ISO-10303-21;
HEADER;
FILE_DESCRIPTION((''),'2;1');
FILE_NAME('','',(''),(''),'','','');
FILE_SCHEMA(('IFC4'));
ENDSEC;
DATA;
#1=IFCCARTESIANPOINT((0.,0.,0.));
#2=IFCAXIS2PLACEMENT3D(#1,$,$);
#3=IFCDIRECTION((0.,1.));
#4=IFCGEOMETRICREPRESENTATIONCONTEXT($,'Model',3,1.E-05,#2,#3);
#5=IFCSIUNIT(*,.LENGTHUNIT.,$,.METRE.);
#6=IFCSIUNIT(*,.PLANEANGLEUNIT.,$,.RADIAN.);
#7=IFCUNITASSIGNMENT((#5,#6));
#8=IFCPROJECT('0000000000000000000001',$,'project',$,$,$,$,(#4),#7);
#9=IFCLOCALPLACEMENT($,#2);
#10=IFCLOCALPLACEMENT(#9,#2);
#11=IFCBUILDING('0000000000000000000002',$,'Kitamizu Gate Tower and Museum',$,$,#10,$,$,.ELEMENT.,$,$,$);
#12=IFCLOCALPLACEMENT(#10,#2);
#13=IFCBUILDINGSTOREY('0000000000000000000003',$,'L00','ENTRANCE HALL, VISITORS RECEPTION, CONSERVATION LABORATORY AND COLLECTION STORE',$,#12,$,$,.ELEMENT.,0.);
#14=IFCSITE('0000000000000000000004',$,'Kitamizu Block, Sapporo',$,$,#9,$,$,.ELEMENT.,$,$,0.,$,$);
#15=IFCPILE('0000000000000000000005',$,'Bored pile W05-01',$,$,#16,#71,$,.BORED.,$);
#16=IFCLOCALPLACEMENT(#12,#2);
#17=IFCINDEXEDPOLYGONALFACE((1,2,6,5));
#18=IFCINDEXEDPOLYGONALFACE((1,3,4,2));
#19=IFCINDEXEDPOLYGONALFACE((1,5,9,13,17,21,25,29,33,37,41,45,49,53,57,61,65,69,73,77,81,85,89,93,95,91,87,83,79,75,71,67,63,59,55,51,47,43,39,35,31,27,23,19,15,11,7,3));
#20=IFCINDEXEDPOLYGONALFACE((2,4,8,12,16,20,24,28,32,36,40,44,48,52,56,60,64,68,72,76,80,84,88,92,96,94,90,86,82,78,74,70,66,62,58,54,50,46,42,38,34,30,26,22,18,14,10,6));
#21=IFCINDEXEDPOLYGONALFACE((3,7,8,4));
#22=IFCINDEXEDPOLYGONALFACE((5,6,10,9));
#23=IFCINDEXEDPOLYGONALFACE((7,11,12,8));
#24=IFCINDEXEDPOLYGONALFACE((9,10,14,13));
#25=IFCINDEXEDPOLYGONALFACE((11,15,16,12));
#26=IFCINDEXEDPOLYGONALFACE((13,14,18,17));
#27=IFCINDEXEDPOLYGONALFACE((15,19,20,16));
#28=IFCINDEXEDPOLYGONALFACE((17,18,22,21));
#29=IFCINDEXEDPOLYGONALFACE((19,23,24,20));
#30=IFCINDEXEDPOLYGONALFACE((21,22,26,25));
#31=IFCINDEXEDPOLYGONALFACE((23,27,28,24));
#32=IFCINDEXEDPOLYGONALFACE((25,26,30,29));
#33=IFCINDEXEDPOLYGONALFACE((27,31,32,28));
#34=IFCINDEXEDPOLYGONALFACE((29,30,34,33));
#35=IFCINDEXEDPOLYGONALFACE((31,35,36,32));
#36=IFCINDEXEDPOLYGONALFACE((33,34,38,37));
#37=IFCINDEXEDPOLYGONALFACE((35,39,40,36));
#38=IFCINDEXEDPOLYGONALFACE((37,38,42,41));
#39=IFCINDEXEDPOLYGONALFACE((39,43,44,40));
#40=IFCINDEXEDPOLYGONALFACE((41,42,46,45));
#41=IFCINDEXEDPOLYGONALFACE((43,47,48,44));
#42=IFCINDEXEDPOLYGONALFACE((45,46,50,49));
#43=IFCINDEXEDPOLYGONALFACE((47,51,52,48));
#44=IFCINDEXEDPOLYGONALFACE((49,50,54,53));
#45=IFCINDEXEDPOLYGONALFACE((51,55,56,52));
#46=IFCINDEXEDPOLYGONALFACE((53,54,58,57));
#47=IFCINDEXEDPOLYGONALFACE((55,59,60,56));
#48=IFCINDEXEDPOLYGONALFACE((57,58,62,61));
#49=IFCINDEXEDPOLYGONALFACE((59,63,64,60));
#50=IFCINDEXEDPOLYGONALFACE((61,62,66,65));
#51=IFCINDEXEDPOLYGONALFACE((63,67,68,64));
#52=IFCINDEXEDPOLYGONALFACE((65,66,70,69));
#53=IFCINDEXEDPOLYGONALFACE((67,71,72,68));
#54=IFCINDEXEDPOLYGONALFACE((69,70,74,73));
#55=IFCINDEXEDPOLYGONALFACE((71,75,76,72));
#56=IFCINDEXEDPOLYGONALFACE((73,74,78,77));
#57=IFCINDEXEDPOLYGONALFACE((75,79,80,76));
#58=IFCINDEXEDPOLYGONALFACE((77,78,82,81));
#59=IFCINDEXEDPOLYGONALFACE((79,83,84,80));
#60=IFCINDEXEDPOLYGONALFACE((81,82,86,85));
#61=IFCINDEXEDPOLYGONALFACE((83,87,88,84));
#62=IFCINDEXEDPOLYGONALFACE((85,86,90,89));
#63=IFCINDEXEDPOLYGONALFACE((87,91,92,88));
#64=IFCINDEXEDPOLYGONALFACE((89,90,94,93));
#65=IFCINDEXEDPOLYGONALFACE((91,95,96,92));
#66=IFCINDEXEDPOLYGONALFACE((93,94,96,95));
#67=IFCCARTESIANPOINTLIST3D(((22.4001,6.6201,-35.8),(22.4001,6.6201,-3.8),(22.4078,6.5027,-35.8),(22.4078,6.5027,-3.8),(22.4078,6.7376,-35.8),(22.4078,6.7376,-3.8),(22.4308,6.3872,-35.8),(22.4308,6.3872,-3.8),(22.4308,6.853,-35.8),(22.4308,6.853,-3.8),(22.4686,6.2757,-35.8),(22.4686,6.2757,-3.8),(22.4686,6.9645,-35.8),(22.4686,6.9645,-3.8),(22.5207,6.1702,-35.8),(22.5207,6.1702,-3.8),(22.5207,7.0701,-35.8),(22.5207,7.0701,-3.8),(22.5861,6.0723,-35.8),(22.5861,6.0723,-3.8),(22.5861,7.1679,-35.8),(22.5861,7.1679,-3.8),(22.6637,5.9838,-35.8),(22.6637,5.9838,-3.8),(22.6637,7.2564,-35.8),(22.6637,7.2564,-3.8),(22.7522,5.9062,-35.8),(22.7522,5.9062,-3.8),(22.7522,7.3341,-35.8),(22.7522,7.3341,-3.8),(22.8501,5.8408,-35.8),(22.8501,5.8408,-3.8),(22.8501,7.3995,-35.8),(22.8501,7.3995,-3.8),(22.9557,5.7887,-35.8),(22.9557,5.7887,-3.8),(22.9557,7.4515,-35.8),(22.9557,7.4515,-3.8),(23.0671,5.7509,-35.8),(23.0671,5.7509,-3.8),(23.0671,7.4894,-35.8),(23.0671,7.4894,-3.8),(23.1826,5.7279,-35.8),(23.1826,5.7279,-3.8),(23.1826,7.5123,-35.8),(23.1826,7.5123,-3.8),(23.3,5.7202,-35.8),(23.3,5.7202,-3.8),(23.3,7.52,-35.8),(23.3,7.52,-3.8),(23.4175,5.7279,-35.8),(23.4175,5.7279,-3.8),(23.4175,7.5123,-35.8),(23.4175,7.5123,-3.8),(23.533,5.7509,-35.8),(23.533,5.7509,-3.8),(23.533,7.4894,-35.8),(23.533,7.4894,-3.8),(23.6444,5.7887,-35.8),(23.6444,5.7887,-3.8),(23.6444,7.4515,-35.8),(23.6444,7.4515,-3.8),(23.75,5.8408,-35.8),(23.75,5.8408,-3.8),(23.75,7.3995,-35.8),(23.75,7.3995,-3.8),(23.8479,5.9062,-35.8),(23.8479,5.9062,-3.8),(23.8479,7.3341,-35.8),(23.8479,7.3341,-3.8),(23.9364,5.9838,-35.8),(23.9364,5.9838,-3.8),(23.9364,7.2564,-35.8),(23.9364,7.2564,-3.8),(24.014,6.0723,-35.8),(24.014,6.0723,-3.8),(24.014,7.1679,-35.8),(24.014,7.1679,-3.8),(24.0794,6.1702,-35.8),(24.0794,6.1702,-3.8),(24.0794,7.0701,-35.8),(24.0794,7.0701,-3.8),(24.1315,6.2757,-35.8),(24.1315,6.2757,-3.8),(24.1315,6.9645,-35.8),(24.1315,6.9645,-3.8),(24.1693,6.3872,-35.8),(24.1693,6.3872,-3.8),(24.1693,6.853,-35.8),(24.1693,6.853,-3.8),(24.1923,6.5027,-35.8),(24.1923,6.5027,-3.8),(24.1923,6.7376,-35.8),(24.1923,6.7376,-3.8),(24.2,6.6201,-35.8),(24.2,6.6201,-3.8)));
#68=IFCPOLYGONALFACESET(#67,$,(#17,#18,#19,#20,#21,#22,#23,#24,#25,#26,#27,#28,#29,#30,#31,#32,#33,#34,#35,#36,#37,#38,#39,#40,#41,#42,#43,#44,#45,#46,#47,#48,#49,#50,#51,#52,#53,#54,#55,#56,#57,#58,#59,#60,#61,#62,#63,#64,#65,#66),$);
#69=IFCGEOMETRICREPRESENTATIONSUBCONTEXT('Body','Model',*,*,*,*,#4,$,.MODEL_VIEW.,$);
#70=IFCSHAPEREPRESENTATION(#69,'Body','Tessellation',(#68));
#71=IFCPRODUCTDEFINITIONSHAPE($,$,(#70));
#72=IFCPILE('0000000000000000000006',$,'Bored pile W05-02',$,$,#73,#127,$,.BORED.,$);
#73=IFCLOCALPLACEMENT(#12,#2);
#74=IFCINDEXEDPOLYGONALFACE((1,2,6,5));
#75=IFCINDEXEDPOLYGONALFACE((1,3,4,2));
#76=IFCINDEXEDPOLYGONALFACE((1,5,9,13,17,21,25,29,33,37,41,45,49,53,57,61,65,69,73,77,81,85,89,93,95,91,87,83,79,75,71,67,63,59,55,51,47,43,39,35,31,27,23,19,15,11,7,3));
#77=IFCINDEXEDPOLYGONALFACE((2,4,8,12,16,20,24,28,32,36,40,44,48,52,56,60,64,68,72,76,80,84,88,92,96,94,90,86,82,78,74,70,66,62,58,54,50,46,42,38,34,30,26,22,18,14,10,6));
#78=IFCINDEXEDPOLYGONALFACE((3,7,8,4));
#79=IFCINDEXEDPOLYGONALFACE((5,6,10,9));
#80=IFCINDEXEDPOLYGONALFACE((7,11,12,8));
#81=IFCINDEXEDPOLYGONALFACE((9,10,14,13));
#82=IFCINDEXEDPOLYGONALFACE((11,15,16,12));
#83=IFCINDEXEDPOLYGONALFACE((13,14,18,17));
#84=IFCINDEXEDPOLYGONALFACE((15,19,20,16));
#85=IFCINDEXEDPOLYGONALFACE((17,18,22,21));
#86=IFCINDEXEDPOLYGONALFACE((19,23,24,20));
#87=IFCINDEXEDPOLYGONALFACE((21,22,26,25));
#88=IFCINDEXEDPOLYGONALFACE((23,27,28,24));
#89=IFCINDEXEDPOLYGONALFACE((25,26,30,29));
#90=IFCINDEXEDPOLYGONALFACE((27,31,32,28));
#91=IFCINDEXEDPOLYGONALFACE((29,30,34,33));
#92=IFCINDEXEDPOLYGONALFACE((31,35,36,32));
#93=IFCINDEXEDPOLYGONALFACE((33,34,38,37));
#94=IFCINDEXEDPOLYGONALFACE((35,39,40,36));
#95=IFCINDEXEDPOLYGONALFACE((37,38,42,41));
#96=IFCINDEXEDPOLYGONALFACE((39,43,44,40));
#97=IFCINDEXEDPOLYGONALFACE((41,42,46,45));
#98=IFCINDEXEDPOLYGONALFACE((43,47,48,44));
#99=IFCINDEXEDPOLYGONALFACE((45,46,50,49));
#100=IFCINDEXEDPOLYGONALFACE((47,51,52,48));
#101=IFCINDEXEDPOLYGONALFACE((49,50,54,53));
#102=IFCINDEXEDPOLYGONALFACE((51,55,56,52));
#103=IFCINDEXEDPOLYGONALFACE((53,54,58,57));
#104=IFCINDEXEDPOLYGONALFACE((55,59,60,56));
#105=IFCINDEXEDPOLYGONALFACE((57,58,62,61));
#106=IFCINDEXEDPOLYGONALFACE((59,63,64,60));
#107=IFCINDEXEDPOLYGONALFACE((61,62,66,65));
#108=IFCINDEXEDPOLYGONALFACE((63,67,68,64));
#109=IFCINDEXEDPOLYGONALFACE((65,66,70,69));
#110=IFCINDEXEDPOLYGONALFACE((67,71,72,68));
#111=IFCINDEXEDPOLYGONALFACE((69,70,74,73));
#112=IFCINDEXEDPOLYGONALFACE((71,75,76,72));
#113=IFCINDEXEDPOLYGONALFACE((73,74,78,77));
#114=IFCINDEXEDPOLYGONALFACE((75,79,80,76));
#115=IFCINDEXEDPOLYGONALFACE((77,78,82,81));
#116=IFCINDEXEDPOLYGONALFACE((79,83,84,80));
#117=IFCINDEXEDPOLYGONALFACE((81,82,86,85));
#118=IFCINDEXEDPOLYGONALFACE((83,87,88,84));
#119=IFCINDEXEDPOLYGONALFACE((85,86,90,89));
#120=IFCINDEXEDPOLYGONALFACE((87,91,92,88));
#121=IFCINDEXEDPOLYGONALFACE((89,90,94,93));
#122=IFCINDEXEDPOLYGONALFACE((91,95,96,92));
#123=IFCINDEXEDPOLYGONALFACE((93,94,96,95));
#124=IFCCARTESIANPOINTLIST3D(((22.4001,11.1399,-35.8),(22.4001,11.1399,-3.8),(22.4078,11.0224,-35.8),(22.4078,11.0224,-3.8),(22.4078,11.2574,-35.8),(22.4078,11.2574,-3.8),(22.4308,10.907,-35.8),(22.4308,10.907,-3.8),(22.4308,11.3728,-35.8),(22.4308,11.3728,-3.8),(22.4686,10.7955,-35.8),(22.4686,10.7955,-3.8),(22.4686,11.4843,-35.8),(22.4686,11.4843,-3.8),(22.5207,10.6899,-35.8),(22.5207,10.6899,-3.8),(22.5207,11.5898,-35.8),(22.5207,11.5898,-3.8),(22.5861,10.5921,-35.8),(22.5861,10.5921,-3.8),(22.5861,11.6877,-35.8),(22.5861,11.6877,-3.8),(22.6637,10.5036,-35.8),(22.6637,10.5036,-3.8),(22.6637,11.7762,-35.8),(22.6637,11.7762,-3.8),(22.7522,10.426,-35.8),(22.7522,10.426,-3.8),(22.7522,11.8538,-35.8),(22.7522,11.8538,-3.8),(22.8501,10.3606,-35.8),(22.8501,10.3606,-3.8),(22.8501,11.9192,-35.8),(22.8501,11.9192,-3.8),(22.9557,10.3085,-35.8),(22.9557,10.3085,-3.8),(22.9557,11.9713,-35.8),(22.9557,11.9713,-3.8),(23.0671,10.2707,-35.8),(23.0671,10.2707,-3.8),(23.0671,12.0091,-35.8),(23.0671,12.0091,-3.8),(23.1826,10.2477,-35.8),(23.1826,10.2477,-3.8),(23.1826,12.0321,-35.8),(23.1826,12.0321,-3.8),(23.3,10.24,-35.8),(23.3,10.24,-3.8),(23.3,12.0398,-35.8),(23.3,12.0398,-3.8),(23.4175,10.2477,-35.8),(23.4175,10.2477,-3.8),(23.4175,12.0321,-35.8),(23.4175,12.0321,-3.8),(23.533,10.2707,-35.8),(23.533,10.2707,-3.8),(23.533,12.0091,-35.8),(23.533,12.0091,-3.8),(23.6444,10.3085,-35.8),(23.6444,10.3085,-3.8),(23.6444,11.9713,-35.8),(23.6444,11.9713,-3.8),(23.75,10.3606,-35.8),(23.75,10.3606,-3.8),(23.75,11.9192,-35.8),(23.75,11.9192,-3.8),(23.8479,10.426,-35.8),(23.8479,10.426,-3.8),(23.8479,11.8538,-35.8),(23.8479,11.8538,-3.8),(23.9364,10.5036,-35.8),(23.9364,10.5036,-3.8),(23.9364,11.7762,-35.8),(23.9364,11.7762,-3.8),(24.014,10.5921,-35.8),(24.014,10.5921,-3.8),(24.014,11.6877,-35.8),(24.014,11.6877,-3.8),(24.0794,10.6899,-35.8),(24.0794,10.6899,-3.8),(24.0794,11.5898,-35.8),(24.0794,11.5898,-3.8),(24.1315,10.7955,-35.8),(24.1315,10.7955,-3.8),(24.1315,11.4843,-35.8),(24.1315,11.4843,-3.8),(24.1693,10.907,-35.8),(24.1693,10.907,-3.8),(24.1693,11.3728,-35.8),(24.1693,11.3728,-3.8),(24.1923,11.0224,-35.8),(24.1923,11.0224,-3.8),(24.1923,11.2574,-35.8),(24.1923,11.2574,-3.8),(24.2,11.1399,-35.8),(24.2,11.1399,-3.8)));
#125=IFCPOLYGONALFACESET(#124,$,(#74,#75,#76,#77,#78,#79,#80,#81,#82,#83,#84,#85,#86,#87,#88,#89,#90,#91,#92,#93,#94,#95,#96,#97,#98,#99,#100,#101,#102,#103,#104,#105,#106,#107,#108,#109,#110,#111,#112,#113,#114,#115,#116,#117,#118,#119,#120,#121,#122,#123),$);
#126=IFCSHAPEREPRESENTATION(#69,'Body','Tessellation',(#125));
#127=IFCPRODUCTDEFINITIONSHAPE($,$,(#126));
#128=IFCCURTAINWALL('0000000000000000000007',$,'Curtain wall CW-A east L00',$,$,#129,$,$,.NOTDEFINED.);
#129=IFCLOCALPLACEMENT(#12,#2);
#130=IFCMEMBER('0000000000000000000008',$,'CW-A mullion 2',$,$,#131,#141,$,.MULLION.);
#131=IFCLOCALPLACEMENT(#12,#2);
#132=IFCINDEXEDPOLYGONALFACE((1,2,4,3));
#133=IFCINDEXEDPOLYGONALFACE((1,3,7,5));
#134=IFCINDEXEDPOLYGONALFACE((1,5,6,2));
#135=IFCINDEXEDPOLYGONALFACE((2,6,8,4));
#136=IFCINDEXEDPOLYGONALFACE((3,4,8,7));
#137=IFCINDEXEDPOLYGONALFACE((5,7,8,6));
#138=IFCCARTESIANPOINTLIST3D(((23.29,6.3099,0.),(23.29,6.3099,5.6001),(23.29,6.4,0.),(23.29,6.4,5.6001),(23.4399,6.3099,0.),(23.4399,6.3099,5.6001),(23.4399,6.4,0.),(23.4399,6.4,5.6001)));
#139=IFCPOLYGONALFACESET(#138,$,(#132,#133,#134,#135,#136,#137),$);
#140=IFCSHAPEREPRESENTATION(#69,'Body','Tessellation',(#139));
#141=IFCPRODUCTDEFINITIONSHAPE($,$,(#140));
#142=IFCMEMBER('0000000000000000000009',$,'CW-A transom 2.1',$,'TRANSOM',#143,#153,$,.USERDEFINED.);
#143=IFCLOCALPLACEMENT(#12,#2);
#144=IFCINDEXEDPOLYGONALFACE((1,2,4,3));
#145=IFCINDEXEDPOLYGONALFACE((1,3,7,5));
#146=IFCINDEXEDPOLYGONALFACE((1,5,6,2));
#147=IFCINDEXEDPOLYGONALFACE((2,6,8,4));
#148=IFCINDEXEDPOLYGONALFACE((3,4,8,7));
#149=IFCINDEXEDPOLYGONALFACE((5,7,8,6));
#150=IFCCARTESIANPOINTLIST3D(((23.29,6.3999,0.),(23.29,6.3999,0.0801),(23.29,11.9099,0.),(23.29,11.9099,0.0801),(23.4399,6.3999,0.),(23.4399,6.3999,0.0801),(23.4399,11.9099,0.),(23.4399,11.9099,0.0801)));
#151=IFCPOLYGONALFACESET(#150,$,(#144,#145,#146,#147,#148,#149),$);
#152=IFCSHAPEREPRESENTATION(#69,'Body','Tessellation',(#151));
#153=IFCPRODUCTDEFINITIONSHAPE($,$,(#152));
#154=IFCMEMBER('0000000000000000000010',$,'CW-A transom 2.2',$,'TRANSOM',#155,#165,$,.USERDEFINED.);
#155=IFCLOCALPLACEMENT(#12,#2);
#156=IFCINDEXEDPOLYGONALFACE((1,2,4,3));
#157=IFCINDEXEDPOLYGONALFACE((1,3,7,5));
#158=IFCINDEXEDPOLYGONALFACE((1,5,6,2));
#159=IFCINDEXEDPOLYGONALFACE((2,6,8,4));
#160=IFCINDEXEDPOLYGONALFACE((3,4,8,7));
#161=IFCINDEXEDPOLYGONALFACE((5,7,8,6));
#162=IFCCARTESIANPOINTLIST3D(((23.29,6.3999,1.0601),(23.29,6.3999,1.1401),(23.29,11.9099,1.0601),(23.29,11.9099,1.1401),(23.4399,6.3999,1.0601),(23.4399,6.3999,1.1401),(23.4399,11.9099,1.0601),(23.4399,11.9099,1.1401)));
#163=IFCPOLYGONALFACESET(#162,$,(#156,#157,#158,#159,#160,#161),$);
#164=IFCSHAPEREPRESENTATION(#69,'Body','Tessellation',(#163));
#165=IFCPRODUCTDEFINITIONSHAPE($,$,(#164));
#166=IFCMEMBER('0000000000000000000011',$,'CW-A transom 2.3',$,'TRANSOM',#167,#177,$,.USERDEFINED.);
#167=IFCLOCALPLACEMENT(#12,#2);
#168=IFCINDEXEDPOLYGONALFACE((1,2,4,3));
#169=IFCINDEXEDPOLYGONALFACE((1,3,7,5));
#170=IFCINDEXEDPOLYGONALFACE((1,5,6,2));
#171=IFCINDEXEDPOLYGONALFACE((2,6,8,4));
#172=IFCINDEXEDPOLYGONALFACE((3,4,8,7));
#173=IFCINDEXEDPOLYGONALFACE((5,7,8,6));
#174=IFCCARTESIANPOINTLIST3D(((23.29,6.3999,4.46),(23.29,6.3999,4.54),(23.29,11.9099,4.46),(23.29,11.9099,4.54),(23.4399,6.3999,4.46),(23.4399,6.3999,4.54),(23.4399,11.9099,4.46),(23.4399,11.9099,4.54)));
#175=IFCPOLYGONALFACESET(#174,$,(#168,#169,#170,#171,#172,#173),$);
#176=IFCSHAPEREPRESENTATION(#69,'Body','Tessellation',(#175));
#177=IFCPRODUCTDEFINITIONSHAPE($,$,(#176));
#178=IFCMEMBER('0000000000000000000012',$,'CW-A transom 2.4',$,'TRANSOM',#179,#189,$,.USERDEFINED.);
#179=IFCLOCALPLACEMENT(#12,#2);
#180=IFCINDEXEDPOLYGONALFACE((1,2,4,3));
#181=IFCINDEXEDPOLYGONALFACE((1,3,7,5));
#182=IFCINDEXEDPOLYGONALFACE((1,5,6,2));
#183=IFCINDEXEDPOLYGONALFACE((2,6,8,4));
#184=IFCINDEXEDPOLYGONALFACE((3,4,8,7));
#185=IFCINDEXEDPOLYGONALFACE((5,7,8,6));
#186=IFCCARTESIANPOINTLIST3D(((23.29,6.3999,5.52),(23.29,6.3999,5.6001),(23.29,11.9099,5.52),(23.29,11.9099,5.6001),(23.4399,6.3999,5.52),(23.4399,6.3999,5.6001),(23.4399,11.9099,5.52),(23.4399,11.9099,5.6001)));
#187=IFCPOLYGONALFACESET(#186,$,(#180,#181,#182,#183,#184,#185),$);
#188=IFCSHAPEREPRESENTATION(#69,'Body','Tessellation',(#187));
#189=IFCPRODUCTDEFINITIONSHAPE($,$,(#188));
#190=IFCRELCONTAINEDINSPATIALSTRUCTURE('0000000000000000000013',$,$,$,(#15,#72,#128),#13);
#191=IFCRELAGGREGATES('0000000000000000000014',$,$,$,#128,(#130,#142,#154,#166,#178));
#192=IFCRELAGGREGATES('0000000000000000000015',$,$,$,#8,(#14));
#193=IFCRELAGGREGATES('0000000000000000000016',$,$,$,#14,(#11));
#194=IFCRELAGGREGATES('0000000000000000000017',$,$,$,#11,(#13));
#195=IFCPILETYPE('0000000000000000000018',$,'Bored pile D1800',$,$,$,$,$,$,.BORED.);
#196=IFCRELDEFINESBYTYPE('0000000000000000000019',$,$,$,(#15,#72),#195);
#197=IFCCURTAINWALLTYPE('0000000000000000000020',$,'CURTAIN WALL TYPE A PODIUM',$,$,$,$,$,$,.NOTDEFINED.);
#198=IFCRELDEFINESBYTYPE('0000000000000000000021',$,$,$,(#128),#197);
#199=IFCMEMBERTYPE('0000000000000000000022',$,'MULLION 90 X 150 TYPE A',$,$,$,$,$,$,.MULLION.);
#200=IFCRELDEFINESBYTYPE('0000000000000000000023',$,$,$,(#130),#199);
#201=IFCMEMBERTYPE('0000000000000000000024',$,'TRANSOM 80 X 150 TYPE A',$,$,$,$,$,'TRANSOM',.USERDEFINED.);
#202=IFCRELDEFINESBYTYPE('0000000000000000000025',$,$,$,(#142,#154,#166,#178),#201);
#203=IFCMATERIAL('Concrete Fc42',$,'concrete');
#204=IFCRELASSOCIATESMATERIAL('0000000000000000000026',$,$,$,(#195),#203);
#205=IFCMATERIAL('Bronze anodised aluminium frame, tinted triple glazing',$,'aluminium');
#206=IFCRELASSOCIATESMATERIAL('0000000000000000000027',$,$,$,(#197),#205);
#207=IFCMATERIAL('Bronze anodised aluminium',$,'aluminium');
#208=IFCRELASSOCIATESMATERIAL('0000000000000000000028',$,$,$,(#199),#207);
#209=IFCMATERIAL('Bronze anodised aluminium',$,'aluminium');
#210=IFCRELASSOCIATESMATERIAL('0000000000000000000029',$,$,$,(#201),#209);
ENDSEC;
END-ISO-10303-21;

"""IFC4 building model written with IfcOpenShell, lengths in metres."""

from ifc_helpers import new_model, si_unit, direction, frame, origin, origin_2d, place, context, subcontext, project, spatial, rectangle, circle, extrude, material, material_profile, profile_set, type_object, element, aggregate, save


model = new_model("IFC4")

# Units and contexts
model_context = context("Model", 3, precision=1e-05, world=origin(), true_north=direction((0.0, 1.0)))
body_context = subcontext(model_context, "Body", "Model", "MODEL_VIEW")
ifc_project = project(units=[si_unit("LENGTHUNIT", "METRE"), si_unit("PLANEANGLEUNIT", "RADIAN")], contexts=[model_context])

# Site, building, storey
site_placement = place(None, origin())
site = spatial("IfcSite", under=ifc_project, at=site_placement, Name="Kitamizu Block, Sapporo", CompositionType="ELEMENT", RefElevation=0.0)
building_placement = place(site_placement, origin())
building = spatial("IfcBuilding", under=site, at=building_placement, Name="Kitamizu Gate Tower and Museum", CompositionType="ELEMENT")
storey_placement = place(building_placement, origin())
storey = spatial("IfcBuildingStorey", under=building, at=storey_placement, Name="L00", Description="ENTRANCE HALL, VISITORS RECEPTION, CONSERVATION LABORATORY AND COLLECTION STORE", CompositionType="ELEMENT", Elevation=0.0)

# Piles
ifc_material_1 = material(Name="Concrete Fc42", Category="concrete")
ifc_material_profile_1 = material_profile(ifc_material_1, circle(Radius=0.8999, at=origin_2d()), Name="Bored pile D1800")
ifc_profile_set_1 = profile_set([ifc_material_profile_1], Name="Concrete Fc42")
pile_type = type_object("IfcPileType", Name="Bored pile D1800", PredefinedType="BORED", material=ifc_profile_set_1)
for number, where, z_axis, x_axis, name in (
    (1, (23.3, 6.6201, -3.8), (0.0, 0.0, -1.0), (1.0, 0.0, 0.0), "Bored pile W05-01"),
    (2, (23.3, 11.1399, -3.8), (0.0, 0.0, -1.0), (1.0, 0.0, 0.0), "Bored pile W05-02"),
):
    element("IfcPile", number, at=place(storey_placement, frame(where, z_axis=z_axis, x_axis=x_axis)), inside=storey, type_object=pile_type, Name=name, PredefinedType="BORED", context=body_context, shape_type="SweptSolid", body=[
        extrude(circle(Radius=0.8999, at=origin_2d()), origin(), (0.0, 0.0, 1.0), 32.0),
    ])

# Curtain wall, members
ifc_material_2 = material(Name="Bronze anodised aluminium frame, tinted triple glazing", Category="aluminium")
curtain_wall_type = type_object("IfcCurtainWallType", Name="CURTAIN WALL TYPE A PODIUM", PredefinedType="NOTDEFINED", material=ifc_material_2)
curtain_wall_placement = place(storey_placement, origin())
curtain_wall = element("IfcCurtainWall", 3, at=curtain_wall_placement, inside=storey, type_object=curtain_wall_type, Name="Curtain wall CW-A east L00", PredefinedType="NOTDEFINED")
ifc_material_3 = material(Name="Bronze anodised aluminium", Category="aluminium")
ifc_material_profile_2 = material_profile(ifc_material_3, rectangle(XDim=0.0901, YDim=0.1499, at=origin_2d()), Name="AL 90X150")
ifc_profile_set_2 = profile_set([ifc_material_profile_2], Name="Bronze anodised aluminium")
member_type_1 = type_object("IfcMemberType", Name="MULLION 90 X 150 TYPE A", PredefinedType="MULLION", material=ifc_profile_set_2)
member_1_placement = place(storey_placement, frame((23.365, 6.355, 0.0), z_axis=(0.0, 0.0, 1.0), x_axis=(0.0, 1.0, 0.0)))
member_1 = element("IfcMember", 4, at=member_1_placement, type_object=member_type_1, Name="CW-A mullion 2", PredefinedType="MULLION", context=body_context, shape_type="SweptSolid", body=[
    extrude(rectangle(XDim=0.0901, YDim=0.1499, at=origin_2d()), origin(), (0.0, 0.0, 1.0), 5.6001),
])
ifc_material_4 = material(Name="Bronze anodised aluminium", Category="aluminium")
ifc_material_profile_3 = material_profile(ifc_material_4, rectangle(XDim=0.1499, YDim=0.0801, at=origin_2d()), Name="AL 80X150")
ifc_profile_set_3 = profile_set([ifc_material_profile_3], Name="Bronze anodised aluminium")
member_type_2 = type_object("IfcMemberType", Name="TRANSOM 80 X 150 TYPE A", ElementType="TRANSOM", PredefinedType="USERDEFINED", material=ifc_profile_set_3)
member_2_placement = place(storey_placement, frame((23.365, 6.3999, 0.04), z_axis=(0.0, 1.0, 0.0), x_axis=(-1.0, 0.0, 0.0)))
member_2 = element("IfcMember", 5, at=member_2_placement, type_object=member_type_2, Name="CW-A transom 2.1", ObjectType="TRANSOM", PredefinedType="USERDEFINED", context=body_context, shape_type="SweptSolid", body=[
    extrude(rectangle(XDim=0.1499, YDim=0.0801, at=origin_2d()), origin(), (0.0, 0.0, 1.0), 5.51),
])
member_3_placement = place(storey_placement, frame((23.365, 6.3999, 1.1001), z_axis=(0.0, 1.0, 0.0), x_axis=(-1.0, 0.0, 0.0)))
member_3 = element("IfcMember", 6, at=member_3_placement, type_object=member_type_2, Name="CW-A transom 2.2", ObjectType="TRANSOM", PredefinedType="USERDEFINED", context=body_context, shape_type="SweptSolid", body=[
    extrude(rectangle(XDim=0.1499, YDim=0.0801, at=origin_2d()), origin(), (0.0, 0.0, 1.0), 5.51),
])
member_4_placement = place(storey_placement, frame((23.365, 6.3999, 4.5), z_axis=(0.0, 1.0, 0.0), x_axis=(-1.0, 0.0, 0.0)))
member_4 = element("IfcMember", 7, at=member_4_placement, type_object=member_type_2, Name="CW-A transom 2.3", ObjectType="TRANSOM", PredefinedType="USERDEFINED", context=body_context, shape_type="SweptSolid", body=[
    extrude(rectangle(XDim=0.1499, YDim=0.0801, at=origin_2d()), origin(), (0.0, 0.0, 1.0), 5.51),
])
member_5_placement = place(storey_placement, frame((23.365, 6.3999, 5.5601), z_axis=(0.0, 1.0, 0.0), x_axis=(-1.0, 0.0, 0.0)))
member_5 = element("IfcMember", 8, at=member_5_placement, type_object=member_type_2, Name="CW-A transom 2.4", ObjectType="TRANSOM", PredefinedType="USERDEFINED", context=body_context, shape_type="SweptSolid", body=[
    extrude(rectangle(XDim=0.1499, YDim=0.0801, at=origin_2d()), origin(), (0.0, 0.0, 1.0), 5.51),
])
aggregate(curtain_wall, [member_1, member_2, member_3, member_4, member_5])

save(model, "model.ifc")
